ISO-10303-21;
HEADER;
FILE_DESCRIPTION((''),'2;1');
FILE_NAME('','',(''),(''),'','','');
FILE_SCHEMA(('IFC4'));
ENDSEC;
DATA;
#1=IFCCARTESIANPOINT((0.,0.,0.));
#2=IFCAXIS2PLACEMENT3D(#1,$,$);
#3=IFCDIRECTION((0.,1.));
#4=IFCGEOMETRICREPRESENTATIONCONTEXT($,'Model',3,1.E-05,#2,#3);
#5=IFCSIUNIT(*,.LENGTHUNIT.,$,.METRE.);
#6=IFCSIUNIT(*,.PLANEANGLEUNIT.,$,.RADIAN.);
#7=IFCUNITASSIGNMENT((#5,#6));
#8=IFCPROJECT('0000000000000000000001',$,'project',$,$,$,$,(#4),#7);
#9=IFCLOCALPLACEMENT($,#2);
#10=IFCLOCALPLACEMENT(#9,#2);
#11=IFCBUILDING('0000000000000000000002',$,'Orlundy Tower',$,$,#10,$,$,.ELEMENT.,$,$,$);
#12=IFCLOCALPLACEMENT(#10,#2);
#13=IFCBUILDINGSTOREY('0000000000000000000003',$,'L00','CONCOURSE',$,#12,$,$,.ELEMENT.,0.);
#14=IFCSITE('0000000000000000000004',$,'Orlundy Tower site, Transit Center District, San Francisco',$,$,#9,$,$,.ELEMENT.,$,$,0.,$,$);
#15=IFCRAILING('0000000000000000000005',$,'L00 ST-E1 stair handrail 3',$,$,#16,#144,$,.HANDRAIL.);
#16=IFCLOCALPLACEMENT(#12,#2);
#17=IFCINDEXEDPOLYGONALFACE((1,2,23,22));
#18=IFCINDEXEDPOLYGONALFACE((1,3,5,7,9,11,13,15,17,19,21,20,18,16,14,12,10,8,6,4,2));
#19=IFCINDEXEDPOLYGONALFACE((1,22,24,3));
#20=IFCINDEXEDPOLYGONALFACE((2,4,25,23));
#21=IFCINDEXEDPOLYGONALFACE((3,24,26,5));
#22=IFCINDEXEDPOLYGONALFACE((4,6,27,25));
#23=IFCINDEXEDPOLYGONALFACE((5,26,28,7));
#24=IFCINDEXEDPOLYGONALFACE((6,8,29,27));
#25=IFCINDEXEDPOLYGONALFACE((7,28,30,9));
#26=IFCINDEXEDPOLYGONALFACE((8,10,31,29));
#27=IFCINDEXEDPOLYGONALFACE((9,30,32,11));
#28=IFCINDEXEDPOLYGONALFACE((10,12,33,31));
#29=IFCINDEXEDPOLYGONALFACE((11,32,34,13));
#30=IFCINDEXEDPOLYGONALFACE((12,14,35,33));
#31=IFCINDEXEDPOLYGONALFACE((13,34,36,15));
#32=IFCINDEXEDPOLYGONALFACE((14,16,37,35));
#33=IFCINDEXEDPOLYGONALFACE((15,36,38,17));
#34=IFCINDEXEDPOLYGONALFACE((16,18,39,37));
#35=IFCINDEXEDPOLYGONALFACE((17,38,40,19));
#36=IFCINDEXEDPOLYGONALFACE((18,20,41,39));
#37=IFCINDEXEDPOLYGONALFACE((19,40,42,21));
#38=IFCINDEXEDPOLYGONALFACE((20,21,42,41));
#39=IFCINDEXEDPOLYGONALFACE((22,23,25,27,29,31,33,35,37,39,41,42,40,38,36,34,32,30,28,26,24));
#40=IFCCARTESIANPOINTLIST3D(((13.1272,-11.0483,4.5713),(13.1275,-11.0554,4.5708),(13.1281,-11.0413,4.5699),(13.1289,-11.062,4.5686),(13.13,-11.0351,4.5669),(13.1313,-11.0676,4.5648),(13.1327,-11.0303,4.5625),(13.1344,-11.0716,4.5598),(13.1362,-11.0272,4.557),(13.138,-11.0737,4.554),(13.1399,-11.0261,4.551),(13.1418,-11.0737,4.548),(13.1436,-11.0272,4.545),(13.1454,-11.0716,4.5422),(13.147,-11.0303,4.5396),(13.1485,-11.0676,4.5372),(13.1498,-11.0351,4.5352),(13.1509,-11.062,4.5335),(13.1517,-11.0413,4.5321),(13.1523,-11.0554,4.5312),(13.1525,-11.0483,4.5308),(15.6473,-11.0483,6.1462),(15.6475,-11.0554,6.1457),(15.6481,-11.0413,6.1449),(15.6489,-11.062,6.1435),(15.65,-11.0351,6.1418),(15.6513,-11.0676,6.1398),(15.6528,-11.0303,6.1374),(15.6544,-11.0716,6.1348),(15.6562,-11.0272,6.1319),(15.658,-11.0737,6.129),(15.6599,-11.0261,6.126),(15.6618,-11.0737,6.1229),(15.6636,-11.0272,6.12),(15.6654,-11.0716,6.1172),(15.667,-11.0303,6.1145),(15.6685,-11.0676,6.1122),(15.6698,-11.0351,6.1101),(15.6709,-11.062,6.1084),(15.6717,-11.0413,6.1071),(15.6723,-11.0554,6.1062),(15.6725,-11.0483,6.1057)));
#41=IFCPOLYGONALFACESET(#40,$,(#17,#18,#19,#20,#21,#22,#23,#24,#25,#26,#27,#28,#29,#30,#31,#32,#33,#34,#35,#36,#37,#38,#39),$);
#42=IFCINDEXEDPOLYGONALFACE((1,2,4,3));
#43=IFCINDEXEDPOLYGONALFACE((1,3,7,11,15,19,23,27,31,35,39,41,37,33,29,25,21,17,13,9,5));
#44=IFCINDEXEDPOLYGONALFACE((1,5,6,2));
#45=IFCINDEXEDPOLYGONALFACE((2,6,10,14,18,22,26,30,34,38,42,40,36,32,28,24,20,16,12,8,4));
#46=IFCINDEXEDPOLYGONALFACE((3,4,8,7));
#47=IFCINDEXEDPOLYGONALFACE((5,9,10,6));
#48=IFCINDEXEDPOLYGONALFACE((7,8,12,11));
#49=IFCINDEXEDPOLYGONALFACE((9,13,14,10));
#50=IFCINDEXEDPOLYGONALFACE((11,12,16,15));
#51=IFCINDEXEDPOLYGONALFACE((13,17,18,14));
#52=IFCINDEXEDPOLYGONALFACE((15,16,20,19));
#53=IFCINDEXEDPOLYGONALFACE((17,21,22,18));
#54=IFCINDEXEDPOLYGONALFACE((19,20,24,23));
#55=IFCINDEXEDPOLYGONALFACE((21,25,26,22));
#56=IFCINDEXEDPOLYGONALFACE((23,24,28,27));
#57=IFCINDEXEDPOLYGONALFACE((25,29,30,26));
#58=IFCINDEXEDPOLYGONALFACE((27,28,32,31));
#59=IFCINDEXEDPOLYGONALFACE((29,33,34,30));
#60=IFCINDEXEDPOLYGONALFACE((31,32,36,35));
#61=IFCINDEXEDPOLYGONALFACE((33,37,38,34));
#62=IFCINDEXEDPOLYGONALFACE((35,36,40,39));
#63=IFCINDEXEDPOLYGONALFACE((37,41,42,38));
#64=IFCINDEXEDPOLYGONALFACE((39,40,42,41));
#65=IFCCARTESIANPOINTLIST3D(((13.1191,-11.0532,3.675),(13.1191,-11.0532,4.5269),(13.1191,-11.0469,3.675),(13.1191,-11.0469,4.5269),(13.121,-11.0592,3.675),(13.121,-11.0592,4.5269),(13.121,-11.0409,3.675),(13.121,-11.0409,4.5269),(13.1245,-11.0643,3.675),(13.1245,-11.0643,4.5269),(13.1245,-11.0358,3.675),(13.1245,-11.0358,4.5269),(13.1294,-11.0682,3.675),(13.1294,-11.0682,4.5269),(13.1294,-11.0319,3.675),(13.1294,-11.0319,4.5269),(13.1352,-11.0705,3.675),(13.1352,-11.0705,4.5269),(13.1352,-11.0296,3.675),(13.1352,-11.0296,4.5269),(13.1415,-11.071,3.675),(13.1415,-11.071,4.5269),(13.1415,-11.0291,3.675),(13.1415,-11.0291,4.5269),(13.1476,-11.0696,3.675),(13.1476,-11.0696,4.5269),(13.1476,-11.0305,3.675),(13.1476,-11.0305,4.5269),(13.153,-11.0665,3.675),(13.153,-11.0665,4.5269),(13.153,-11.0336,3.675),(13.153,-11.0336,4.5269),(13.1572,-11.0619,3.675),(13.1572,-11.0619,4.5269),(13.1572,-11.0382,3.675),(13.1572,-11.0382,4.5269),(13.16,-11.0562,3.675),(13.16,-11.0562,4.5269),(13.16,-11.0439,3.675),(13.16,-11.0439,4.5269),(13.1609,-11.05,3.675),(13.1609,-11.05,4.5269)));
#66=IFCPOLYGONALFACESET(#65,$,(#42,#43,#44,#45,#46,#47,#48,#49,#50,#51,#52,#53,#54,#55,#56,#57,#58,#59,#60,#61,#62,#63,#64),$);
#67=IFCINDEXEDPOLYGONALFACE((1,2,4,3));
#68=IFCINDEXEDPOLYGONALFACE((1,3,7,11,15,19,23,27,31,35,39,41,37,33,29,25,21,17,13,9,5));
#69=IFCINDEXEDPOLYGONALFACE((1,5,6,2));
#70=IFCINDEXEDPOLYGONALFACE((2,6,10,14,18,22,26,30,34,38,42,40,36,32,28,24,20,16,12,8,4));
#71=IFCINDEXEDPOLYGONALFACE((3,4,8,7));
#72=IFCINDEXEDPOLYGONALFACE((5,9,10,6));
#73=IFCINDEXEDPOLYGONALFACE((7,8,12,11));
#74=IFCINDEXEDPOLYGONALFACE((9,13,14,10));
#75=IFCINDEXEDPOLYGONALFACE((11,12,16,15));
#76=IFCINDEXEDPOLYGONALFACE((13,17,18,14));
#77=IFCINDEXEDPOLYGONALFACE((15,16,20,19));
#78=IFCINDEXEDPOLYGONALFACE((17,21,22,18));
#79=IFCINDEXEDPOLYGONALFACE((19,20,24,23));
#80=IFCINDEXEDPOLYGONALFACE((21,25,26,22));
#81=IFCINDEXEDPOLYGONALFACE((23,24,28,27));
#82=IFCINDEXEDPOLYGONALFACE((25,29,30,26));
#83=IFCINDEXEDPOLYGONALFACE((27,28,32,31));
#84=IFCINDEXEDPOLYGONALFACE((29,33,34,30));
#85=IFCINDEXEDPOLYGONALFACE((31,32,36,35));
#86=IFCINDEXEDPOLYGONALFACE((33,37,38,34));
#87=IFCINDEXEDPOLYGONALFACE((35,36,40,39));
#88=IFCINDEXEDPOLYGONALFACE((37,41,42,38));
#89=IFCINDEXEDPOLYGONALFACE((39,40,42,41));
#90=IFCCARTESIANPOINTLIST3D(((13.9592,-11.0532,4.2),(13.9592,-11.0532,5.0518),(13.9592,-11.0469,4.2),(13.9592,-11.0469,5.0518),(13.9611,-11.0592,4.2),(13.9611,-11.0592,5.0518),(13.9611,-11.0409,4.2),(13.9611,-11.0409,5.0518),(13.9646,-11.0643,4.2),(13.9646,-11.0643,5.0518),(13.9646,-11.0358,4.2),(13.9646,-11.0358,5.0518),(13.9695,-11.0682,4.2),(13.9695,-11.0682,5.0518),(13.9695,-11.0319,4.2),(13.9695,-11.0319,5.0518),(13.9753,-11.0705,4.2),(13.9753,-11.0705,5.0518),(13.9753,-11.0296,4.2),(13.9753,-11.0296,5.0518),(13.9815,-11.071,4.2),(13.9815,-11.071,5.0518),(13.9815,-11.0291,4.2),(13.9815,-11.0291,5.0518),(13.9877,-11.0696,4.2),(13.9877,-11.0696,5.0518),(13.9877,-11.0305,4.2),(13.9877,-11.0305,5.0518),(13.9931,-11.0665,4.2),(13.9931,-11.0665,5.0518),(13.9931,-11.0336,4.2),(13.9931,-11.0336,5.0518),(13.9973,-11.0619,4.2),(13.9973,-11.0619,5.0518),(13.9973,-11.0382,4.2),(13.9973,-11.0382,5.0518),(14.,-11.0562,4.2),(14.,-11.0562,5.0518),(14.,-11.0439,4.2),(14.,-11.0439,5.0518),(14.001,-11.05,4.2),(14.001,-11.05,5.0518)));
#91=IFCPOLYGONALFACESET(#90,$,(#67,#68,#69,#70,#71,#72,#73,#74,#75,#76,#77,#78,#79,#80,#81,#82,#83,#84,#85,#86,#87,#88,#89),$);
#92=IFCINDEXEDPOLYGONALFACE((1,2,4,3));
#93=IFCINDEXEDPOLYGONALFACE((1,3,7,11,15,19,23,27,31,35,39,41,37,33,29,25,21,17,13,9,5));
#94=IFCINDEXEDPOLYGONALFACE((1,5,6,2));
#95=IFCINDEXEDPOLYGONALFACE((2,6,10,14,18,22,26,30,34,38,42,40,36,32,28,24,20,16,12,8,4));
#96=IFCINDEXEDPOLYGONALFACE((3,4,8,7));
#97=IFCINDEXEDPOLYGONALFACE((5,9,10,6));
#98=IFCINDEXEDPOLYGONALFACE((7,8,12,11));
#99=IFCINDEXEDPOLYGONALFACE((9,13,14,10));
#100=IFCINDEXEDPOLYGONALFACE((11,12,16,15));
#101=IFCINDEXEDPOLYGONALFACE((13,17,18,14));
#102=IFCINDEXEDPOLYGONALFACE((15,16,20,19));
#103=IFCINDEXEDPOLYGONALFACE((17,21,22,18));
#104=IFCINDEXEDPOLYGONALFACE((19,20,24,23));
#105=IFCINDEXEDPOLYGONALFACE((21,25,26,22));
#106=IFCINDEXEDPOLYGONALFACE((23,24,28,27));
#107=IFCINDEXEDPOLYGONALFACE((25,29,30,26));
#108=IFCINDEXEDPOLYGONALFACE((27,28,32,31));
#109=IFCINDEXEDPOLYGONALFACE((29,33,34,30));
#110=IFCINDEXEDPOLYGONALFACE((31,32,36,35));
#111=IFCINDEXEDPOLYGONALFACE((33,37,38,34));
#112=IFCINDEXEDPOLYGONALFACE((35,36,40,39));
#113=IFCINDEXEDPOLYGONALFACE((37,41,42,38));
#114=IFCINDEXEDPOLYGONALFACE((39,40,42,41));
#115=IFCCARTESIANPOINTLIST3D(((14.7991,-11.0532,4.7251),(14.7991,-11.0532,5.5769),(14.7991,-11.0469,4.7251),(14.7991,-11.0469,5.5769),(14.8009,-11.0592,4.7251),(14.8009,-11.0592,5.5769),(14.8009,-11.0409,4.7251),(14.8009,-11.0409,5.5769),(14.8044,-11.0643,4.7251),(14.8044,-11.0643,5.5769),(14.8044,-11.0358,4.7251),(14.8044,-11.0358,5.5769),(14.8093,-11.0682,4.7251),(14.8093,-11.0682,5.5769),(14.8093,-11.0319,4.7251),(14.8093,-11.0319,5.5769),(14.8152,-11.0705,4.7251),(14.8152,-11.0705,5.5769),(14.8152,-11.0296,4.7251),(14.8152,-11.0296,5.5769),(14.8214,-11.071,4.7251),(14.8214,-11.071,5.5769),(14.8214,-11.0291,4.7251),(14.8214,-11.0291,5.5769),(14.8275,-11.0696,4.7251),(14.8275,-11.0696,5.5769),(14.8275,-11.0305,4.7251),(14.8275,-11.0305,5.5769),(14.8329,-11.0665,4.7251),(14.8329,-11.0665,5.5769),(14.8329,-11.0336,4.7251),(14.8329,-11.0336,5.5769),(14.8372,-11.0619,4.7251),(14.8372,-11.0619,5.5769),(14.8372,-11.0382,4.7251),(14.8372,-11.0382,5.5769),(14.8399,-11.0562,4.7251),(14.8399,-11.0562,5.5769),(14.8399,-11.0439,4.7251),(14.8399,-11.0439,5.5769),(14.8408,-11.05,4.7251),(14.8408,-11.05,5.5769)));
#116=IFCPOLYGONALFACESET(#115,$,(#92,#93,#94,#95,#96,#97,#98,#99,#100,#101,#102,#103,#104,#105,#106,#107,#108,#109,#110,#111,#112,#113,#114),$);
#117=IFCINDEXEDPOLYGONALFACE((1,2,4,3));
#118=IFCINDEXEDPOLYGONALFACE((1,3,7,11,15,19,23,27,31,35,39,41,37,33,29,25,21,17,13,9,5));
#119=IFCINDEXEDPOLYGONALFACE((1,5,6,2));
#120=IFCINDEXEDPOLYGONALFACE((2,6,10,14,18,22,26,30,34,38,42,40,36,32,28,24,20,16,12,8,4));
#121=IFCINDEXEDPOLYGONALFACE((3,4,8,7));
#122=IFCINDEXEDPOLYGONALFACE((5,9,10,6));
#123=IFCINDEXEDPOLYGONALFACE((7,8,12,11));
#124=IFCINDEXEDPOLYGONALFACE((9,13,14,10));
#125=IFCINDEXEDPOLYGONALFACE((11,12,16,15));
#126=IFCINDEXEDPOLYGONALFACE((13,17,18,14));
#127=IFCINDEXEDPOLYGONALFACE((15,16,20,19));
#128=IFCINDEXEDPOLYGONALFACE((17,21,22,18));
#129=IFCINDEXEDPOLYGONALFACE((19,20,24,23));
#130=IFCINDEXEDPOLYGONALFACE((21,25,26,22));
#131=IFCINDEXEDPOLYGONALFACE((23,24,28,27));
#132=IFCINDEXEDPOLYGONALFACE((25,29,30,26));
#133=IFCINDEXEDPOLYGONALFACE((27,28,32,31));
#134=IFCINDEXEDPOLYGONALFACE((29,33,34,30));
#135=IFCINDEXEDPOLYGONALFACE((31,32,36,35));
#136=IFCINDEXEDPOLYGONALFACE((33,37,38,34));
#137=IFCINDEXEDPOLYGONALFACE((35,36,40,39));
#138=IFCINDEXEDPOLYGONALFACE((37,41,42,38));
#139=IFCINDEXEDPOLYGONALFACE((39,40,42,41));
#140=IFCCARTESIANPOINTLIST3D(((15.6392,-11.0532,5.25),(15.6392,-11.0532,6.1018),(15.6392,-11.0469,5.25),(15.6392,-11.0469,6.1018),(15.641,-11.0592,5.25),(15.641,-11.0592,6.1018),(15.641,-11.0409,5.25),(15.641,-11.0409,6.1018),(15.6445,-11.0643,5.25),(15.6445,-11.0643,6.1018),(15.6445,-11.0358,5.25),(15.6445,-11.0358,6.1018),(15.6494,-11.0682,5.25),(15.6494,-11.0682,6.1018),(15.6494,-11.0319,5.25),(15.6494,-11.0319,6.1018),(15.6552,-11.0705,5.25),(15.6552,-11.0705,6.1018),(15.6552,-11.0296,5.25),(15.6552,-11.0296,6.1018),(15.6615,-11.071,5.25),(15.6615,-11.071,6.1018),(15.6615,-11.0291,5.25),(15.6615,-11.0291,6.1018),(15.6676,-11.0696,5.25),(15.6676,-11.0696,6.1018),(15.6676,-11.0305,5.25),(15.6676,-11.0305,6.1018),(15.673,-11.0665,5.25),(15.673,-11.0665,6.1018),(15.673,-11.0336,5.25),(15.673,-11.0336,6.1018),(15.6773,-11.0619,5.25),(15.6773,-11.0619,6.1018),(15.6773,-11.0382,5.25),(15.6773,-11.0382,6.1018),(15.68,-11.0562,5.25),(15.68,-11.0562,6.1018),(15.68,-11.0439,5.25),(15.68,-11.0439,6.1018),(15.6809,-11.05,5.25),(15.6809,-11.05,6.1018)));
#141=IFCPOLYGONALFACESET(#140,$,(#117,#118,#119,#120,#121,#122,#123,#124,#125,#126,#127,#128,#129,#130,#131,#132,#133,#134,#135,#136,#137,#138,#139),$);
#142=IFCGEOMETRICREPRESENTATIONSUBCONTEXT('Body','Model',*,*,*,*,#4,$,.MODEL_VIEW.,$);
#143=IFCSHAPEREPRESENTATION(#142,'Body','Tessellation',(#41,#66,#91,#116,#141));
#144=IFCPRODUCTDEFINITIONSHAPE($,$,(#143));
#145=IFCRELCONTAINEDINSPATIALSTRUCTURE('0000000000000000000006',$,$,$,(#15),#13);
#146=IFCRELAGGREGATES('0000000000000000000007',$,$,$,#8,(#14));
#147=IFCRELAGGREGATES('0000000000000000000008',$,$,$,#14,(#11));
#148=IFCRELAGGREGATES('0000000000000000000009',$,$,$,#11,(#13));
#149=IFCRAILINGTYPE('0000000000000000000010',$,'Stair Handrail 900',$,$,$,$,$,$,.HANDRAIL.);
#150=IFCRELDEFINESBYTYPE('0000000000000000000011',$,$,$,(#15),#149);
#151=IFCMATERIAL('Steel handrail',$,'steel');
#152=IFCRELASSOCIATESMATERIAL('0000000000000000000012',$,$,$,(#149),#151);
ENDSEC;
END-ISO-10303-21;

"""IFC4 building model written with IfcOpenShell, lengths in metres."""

from ifc_helpers import new_model, si_unit, direction, frame, origin, origin_2d, place, context, subcontext, project, spatial, circle, extrude, material, type_object, element, save


model = new_model("IFC4")

# Units and contexts
model_context = context("Model", 3, precision=1e-05, world=origin(), true_north=direction((0.0, 1.0)))
body_context = subcontext(model_context, "Body", "Model", "MODEL_VIEW")
ifc_project = project(units=[si_unit("LENGTHUNIT", "METRE"), si_unit("PLANEANGLEUNIT", "RADIAN")], contexts=[model_context])

# Site, building, storey
site_placement = place(None, origin())
site = spatial("IfcSite", under=ifc_project, at=site_placement, Name="Orlundy Tower site, Transit Center District, San Francisco", CompositionType="ELEMENT", RefElevation=0.0)
building_placement = place(site_placement, origin())
building = spatial("IfcBuilding", under=site, at=building_placement, Name="Orlundy Tower", CompositionType="ELEMENT")
storey_placement = place(building_placement, origin())
storey = spatial("IfcBuildingStorey", under=building, at=storey_placement, Name="L00", Description="CONCOURSE", CompositionType="ELEMENT", Elevation=0.0)

# Railing
ifc_material_1 = material(Name="Steel handrail", Category="steel")
railing_type_1 = type_object("IfcRailingType", Name="Stair Handrail 900", PredefinedType="HANDRAIL", material=ifc_material_1)
for number, where, name in (
    (1, (13.1399, -11.05, 3.675), "L00 ST-E1 stair handrail 3"),
):
    element("IfcRailing", number, at=place(storey_placement, frame(where)), inside=storey, type_object=railing_type_1, Name=name, PredefinedType="HANDRAIL", context=body_context, shape_type="SweptSolid", body=[
        extrude(circle(Radius=0.0239, at=origin_2d()), frame((0.0, 0.0, 0.876), z_axis=(0.848008, 0.0, 0.529984), x_axis=(0.0, 1.0, 0.0)), (0.0, 0.0, 1.0), 2.9717),
        extrude(circle(Radius=0.021, at=origin_2d()), origin(), (0.0, 0.0, 1.0), 0.8518),
        extrude(circle(Radius=0.021, at=origin_2d()), frame((0.8401, 0.0, 0.5249)), (0.0, 0.0, 1.0), 0.8518),
        extrude(circle(Radius=0.021, at=origin_2d()), frame((1.6799, 0.0, 1.05)), (0.0, 0.0, 1.0), 0.8518),
        extrude(circle(Radius=0.021, at=origin_2d()), frame((2.52, 0.0, 1.575)), (0.0, 0.0, 1.0), 0.8518),
    ])

save(model, "model.ifc")
